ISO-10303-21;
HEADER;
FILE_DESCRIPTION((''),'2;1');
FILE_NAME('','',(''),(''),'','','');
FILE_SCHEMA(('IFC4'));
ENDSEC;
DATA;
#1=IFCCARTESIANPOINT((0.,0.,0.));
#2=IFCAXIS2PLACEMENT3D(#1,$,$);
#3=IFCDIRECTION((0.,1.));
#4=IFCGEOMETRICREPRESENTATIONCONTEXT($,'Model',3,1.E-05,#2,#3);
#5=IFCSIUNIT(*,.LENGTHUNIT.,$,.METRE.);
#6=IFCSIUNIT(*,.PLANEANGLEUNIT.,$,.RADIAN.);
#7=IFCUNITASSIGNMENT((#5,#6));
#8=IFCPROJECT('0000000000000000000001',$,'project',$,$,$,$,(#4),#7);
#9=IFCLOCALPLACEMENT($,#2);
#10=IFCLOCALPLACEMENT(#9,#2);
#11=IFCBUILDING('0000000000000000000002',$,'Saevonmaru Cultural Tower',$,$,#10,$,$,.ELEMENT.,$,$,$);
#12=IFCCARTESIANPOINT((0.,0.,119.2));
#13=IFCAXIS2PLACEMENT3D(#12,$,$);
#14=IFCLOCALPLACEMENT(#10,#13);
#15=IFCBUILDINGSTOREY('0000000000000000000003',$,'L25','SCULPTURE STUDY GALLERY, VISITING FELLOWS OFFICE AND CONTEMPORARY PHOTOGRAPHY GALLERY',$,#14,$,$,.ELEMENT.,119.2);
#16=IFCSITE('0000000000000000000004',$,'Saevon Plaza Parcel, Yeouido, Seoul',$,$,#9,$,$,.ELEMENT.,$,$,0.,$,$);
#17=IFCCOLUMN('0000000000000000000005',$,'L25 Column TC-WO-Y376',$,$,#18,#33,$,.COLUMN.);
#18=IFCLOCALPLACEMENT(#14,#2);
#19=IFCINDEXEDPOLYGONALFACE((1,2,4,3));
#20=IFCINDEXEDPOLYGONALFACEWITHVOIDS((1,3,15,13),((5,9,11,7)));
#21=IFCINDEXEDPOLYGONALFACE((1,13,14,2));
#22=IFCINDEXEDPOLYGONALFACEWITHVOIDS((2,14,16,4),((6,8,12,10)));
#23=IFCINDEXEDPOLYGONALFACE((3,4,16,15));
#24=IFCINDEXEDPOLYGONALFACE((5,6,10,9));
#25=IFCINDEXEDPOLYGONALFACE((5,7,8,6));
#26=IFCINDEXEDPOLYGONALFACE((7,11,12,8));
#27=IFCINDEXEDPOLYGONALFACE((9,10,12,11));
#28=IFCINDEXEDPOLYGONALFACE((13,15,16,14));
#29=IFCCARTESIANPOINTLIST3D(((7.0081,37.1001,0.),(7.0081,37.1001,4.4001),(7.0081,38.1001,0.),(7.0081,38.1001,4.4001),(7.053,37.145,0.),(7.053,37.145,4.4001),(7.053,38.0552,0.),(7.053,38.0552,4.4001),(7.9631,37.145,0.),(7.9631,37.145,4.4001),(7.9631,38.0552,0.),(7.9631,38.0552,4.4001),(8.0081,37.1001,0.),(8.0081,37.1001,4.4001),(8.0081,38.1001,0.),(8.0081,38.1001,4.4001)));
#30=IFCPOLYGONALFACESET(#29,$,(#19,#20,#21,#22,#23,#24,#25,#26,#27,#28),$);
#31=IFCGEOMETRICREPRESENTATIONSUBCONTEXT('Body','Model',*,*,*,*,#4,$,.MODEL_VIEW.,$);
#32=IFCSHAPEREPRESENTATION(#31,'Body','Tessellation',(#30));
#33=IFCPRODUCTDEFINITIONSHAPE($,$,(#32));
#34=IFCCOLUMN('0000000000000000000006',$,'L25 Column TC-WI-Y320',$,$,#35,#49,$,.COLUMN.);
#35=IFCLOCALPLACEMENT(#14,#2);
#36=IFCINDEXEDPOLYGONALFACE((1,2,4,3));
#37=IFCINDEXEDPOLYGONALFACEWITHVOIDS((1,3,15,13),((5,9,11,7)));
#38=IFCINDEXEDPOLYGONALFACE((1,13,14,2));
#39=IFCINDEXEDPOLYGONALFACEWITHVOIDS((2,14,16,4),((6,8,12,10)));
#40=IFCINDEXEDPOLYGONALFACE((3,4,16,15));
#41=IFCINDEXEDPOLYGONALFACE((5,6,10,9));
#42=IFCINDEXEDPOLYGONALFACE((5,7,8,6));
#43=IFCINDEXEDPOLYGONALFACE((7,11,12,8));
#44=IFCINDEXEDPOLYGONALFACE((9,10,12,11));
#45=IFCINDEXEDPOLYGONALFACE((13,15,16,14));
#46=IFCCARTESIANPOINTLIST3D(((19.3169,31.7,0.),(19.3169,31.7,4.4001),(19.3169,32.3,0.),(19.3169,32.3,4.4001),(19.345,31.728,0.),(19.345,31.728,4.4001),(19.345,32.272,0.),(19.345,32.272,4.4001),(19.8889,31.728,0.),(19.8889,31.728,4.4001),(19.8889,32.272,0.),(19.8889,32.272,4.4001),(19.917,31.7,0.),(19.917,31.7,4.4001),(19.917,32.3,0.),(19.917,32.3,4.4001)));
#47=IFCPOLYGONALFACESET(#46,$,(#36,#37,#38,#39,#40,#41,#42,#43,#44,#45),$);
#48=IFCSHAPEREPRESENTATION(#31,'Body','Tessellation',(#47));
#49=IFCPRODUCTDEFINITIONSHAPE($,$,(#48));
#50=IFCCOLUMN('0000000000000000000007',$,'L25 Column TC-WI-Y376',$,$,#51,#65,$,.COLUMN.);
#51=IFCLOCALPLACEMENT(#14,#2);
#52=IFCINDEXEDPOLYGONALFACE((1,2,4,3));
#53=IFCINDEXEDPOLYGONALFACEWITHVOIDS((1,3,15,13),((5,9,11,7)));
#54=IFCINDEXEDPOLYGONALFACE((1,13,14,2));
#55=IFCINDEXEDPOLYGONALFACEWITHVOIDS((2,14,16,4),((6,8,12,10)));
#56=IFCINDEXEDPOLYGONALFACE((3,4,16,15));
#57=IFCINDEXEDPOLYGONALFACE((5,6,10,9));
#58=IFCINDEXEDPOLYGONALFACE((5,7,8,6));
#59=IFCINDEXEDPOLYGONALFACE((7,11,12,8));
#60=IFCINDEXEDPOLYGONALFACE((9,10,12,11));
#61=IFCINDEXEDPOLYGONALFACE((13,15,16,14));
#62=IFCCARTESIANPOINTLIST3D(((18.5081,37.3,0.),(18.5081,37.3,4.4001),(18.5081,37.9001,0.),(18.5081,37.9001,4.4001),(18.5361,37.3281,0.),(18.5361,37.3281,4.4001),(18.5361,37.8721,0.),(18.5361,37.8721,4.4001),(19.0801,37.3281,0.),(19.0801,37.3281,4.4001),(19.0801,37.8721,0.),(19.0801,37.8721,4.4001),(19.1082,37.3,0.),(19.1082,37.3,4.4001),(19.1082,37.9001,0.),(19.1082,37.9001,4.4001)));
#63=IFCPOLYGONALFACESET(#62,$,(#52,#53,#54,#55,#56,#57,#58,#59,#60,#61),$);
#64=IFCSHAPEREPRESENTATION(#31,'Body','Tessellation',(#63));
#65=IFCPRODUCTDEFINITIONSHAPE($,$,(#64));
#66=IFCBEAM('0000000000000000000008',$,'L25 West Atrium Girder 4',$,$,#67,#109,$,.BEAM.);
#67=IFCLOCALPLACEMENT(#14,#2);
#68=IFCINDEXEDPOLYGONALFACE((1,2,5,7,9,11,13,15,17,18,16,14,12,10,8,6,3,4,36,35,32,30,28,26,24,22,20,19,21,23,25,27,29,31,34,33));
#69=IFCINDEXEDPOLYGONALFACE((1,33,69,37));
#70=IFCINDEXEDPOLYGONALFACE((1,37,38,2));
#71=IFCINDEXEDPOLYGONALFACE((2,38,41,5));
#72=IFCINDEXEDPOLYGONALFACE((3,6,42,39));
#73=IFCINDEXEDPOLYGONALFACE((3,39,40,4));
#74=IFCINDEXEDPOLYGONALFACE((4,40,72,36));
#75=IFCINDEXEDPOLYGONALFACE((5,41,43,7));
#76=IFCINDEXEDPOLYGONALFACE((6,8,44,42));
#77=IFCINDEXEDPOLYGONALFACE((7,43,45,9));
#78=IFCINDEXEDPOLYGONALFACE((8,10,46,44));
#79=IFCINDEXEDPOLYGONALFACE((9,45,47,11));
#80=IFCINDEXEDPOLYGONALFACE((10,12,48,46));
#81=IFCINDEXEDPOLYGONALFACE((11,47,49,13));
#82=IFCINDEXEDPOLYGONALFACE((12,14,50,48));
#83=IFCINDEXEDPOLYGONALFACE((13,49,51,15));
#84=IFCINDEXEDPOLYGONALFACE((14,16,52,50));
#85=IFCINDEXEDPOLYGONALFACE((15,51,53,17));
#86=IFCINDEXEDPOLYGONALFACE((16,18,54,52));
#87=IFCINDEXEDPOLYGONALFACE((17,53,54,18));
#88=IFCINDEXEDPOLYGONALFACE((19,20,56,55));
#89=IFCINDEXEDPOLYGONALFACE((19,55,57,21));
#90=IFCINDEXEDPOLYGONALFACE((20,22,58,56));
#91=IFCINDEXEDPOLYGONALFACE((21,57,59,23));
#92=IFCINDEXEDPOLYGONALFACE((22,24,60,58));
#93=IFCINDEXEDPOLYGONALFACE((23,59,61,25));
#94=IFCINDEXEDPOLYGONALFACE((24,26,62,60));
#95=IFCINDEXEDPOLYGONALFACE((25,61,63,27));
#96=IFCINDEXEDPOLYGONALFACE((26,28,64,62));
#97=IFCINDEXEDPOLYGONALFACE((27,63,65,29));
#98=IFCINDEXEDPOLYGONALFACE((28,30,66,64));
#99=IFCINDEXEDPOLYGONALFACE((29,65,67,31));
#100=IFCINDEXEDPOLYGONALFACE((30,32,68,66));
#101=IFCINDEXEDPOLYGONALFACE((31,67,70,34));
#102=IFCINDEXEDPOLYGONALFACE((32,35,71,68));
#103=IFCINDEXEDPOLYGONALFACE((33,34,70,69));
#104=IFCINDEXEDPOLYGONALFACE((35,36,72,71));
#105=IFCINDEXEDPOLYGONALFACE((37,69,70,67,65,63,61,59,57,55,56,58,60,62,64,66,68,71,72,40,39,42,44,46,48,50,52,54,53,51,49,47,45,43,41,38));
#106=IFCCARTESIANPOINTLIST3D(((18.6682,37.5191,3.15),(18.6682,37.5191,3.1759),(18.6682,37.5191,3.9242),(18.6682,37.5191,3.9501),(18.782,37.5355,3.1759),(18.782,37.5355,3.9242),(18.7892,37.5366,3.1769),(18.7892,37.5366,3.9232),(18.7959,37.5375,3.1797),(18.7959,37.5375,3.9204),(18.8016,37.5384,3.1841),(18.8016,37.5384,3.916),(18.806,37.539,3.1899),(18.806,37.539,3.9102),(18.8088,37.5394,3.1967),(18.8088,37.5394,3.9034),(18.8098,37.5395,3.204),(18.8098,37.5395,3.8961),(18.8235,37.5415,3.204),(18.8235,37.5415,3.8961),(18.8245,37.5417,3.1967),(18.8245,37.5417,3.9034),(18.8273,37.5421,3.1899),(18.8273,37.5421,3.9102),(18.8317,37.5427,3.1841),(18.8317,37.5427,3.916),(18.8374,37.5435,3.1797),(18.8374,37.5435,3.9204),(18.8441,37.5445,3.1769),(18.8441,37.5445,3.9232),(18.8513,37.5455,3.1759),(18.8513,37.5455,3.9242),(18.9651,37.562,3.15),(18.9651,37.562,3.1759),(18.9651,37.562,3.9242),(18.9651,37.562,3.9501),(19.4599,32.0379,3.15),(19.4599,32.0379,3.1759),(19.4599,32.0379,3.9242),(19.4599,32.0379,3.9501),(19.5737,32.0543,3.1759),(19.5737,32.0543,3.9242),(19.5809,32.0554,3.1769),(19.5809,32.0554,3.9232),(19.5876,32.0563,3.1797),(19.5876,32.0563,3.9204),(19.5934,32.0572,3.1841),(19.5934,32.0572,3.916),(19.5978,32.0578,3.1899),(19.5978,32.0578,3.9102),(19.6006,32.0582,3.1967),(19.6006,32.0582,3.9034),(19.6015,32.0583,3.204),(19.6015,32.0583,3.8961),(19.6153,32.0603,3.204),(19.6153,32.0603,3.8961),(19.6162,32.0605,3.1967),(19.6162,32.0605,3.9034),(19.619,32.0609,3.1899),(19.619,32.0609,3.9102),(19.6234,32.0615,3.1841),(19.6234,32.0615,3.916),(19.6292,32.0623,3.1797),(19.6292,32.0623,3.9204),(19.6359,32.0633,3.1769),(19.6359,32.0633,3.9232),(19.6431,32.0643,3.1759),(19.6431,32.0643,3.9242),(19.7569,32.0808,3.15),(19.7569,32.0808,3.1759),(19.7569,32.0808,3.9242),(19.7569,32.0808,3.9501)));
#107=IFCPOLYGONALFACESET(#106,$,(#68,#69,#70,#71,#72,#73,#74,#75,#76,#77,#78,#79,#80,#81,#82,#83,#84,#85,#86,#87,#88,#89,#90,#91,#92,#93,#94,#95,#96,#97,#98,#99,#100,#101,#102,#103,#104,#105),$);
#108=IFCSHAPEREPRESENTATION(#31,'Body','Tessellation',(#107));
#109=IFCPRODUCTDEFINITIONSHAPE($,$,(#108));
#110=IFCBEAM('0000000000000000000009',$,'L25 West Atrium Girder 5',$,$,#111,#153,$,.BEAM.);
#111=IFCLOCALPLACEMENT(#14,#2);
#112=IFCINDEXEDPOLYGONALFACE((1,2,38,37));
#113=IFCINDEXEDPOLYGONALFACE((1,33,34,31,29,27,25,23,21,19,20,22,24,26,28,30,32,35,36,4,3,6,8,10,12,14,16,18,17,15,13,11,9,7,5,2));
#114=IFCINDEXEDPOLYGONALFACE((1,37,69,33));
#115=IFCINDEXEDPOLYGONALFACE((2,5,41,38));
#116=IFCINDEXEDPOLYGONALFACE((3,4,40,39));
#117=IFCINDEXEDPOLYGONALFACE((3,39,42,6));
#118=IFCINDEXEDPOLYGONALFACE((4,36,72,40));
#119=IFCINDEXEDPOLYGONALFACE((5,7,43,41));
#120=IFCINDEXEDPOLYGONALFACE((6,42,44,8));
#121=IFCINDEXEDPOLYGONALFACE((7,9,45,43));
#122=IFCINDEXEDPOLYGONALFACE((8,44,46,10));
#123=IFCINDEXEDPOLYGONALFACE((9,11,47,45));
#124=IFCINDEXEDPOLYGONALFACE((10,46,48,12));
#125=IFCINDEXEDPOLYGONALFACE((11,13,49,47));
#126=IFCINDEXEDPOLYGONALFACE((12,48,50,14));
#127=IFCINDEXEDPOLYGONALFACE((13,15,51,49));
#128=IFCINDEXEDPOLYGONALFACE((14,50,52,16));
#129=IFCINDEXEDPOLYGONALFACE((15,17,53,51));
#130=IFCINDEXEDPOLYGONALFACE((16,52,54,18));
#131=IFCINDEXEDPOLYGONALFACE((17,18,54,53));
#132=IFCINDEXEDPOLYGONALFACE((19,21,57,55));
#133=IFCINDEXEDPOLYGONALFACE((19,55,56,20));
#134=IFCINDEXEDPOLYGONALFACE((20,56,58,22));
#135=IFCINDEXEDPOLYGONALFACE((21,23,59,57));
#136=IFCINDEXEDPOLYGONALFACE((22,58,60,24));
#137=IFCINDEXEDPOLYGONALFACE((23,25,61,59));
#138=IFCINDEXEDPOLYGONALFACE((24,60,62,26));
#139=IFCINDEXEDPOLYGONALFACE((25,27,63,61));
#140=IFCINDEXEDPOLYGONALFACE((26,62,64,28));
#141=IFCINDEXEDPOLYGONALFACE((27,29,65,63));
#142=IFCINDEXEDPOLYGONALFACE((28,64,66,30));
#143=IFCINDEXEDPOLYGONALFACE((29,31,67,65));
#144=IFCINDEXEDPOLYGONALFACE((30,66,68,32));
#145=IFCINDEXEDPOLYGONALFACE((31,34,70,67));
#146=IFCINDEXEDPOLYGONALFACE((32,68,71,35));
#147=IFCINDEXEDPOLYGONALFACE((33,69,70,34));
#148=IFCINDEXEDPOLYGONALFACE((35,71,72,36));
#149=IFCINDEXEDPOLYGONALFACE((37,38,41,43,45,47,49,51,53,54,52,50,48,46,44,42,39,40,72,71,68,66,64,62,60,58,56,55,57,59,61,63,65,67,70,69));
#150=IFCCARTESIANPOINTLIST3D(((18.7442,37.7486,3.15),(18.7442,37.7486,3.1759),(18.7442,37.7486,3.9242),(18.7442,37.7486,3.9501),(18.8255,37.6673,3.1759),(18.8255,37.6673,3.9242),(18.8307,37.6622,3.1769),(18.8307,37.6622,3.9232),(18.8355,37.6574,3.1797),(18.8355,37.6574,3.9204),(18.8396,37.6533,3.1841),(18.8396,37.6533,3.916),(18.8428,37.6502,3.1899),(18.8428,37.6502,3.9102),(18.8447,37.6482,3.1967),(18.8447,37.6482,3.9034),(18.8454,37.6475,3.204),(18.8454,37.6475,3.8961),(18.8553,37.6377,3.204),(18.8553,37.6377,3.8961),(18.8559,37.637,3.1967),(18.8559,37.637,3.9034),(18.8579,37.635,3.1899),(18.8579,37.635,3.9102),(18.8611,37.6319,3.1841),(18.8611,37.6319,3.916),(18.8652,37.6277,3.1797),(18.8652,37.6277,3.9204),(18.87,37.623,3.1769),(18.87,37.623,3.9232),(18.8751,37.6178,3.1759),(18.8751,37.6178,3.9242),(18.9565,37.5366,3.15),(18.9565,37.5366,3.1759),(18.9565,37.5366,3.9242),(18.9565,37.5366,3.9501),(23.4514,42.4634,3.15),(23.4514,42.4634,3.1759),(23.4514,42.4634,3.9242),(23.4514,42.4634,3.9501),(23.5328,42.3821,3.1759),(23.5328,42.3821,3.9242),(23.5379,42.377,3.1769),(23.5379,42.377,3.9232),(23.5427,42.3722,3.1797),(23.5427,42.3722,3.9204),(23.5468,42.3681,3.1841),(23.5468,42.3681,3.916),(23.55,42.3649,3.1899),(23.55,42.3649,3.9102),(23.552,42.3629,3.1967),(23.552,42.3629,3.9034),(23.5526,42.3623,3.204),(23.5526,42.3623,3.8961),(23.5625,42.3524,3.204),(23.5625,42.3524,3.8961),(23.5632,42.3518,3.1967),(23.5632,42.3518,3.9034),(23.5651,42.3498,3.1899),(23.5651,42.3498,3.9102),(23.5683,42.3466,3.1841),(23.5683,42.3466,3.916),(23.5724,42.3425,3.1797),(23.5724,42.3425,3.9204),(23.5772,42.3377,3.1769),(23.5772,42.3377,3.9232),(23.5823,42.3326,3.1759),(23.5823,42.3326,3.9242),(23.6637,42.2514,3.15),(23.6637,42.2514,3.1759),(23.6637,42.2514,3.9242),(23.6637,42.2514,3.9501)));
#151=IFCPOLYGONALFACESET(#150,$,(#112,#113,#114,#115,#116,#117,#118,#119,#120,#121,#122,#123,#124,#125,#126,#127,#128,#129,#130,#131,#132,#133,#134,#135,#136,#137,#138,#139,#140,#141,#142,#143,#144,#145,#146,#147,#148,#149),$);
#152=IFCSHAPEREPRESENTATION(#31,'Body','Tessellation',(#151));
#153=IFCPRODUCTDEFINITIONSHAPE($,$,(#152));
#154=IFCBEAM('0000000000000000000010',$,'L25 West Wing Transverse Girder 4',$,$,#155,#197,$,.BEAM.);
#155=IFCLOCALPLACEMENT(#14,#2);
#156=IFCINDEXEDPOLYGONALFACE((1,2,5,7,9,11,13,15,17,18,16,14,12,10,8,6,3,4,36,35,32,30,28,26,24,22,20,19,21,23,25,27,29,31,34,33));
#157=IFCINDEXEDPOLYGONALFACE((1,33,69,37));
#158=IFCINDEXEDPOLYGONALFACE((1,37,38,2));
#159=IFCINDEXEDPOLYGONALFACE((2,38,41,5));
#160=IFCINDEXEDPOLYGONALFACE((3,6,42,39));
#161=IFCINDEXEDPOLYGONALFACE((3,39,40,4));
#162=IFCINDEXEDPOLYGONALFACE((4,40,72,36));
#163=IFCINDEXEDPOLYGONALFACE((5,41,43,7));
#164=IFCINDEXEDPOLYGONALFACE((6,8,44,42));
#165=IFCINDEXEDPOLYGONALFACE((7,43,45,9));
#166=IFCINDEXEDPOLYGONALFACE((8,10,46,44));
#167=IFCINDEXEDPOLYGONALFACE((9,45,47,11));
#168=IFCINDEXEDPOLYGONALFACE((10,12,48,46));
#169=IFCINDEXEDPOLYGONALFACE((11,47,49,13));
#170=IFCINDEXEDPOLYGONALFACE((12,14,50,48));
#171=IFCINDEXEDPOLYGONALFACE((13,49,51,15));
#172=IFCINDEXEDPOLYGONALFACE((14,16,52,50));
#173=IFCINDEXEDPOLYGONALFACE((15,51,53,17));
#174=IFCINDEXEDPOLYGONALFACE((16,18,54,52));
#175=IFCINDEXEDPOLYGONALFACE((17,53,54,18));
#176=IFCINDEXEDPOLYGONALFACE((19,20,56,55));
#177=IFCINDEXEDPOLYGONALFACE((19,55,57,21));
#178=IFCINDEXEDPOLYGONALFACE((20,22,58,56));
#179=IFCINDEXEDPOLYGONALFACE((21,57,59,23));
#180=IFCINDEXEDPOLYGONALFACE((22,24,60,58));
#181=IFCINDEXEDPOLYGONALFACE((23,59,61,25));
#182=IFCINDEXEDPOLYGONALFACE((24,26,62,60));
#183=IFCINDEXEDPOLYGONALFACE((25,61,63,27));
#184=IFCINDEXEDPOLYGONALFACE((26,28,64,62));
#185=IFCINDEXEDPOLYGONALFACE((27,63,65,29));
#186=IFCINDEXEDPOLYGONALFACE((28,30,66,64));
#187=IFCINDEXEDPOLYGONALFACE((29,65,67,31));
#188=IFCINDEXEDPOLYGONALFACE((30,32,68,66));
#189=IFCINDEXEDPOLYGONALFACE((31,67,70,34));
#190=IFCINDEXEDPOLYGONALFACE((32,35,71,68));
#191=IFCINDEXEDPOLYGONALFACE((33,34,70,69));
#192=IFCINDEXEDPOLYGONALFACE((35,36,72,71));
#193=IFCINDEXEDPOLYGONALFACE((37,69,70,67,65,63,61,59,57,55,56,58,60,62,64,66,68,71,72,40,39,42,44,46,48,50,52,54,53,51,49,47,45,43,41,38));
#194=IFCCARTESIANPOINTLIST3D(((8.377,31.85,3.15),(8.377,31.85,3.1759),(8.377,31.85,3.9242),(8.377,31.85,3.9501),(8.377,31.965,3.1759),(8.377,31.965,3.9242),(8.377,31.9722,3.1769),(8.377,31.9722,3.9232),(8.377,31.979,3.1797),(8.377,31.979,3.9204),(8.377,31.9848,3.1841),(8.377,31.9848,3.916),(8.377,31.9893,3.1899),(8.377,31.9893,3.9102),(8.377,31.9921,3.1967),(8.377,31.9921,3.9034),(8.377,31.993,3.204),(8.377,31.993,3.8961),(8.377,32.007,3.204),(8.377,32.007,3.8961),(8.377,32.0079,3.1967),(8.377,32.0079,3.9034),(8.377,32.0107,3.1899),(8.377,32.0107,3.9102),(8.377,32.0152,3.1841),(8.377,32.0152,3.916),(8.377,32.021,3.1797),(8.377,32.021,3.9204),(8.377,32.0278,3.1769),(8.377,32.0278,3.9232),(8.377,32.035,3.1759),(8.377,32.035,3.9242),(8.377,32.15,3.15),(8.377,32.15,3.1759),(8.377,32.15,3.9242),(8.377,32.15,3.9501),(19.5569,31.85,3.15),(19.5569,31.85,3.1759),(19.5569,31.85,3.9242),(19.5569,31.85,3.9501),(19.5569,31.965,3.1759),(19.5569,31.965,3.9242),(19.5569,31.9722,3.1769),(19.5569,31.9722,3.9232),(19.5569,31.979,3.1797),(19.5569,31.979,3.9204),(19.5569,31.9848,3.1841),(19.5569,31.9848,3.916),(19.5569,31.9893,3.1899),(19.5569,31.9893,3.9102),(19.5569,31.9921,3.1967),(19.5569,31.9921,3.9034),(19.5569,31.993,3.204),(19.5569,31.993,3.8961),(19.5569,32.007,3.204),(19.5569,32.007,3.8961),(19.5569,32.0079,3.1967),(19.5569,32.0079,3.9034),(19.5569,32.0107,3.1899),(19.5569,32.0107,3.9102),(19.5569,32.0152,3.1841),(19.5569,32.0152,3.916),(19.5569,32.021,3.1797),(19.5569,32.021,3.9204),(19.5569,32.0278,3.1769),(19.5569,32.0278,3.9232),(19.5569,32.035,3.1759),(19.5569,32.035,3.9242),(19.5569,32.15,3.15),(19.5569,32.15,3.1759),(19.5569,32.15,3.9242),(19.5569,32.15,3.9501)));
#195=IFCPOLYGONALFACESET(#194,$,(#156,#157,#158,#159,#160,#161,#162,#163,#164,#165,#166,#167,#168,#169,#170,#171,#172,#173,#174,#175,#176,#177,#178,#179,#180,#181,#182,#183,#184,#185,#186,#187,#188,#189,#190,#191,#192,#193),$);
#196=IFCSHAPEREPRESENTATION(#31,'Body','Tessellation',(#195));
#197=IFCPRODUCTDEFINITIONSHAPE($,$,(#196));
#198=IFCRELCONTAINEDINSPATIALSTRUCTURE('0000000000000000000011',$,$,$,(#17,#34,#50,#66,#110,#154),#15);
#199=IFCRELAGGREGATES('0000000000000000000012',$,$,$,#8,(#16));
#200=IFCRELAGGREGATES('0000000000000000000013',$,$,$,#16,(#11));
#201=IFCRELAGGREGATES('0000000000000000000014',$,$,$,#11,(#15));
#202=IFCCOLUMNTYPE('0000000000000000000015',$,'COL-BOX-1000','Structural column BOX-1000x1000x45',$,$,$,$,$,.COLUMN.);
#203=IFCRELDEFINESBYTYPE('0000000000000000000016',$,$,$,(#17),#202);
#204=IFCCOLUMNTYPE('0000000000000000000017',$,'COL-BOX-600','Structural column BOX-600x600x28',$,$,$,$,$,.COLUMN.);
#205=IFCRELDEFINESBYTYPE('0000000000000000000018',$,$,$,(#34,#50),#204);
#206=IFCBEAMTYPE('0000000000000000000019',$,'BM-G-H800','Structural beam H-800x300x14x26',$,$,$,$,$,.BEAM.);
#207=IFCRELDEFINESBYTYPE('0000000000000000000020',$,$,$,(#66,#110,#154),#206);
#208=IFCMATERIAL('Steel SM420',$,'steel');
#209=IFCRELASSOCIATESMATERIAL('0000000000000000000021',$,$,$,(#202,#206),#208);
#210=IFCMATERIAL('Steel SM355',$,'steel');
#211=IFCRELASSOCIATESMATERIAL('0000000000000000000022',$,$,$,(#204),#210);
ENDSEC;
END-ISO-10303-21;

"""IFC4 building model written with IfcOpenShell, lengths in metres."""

from ifc_helpers import new_model, si_unit, direction, frame, origin, origin_2d, place, context, subcontext, project, spatial, hollow_rectangle, i_section, extrude, material, material_profile, profile_set, type_object, element, save


model = new_model("IFC4")

# Units and contexts
model_context = context("Model", 3, precision=1e-05, world=origin(), true_north=direction((0.0, 1.0)))
body_context = subcontext(model_context, "Body", "Model", "MODEL_VIEW")
ifc_project = project(units=[si_unit("LENGTHUNIT", "METRE"), si_unit("PLANEANGLEUNIT", "RADIAN")], contexts=[model_context])

# Site, building, storey
site_placement = place(None, origin())
site = spatial("IfcSite", under=ifc_project, at=site_placement, Name="Saevon Plaza Parcel, Yeouido, Seoul", CompositionType="ELEMENT", RefElevation=0.0)
building_placement = place(site_placement, origin())
building = spatial("IfcBuilding", under=site, at=building_placement, Name="Saevonmaru Cultural Tower", CompositionType="ELEMENT")
storey_placement = place(building_placement, frame((0.0, 0.0, 119.2)))
storey = spatial("IfcBuildingStorey", under=building, at=storey_placement, Name="L25", Description="SCULPTURE STUDY GALLERY, VISITING FELLOWS OFFICE AND CONTEMPORARY PHOTOGRAPHY GALLERY", CompositionType="ELEMENT", Elevation=119.2)

# Columns
ifc_material_1 = material(Name="Steel SM420", Category="steel")
ifc_material_profile_1 = material_profile(ifc_material_1, hollow_rectangle(XDim=1.0, YDim=1.0, WallThickness=0.0449, at=origin_2d()), Name="BOX-1000x1000x45")
ifc_profile_set_1 = profile_set([ifc_material_profile_1], Name="Steel SM420")
column_type_1 = type_object("IfcColumnType", Name="COL-BOX-1000", Description="Structural column BOX-1000x1000x45", PredefinedType="COLUMN", material=ifc_profile_set_1)
column_placement = place(storey_placement, frame((7.5081, 37.6001, 0.0), z_axis=(0.0, 0.0, 1.0), x_axis=(1.0, 0.0, 0.0)))
element("IfcColumn", 1, at=column_placement, inside=storey, type_object=column_type_1, Name="L25 Column TC-WO-Y376", PredefinedType="COLUMN", context=body_context, shape_type="SweptSolid", body=[
    extrude(hollow_rectangle(XDim=1.0, YDim=1.0, WallThickness=0.0449, at=origin_2d()), origin(), (0.0, 0.0, 1.0), 4.4001),
])
ifc_material_2 = material(Name="Steel SM355", Category="steel")
ifc_material_profile_2 = material_profile(ifc_material_2, hollow_rectangle(XDim=0.6001, YDim=0.6001, WallThickness=0.0281, at=origin_2d()), Name="BOX-600x600x28")
ifc_profile_set_2 = profile_set([ifc_material_profile_2], Name="Steel SM355")
column_type_2 = type_object("IfcColumnType", Name="COL-BOX-600", Description="Structural column BOX-600x600x28", PredefinedType="COLUMN", material=ifc_profile_set_2)
for number, where, z_axis, x_axis, name in (
    (2, (19.6169, 32.0, 0.0), (0.0, 0.0, 1.0), (1.0, 0.0, 0.0), "L25 Column TC-WI-Y320"),
    (3, (18.8081, 37.6001, 0.0), (0.0, 0.0, 1.0), (1.0, 0.0, 0.0), "L25 Column TC-WI-Y376"),
):
    element("IfcColumn", number, at=place(storey_placement, frame(where, z_axis=z_axis, x_axis=x_axis)), inside=storey, type_object=column_type_2, Name=name, PredefinedType="COLUMN", context=body_context, shape_type="SweptSolid", body=[
        extrude(hollow_rectangle(XDim=0.6001, YDim=0.6001, WallThickness=0.0281, at=origin_2d()), origin(), (0.0, 0.0, 1.0), 4.4001),
    ])

# Beams
ifc_material_profile_3 = material_profile(ifc_material_1, i_section(OverallWidth=0.3, OverallDepth=0.8, WebThickness=0.0139, FlangeThickness=0.0259, FilletRadius=0.0281, at=origin_2d()), Name="H-800x300x14x26")
ifc_profile_set_3 = profile_set([ifc_material_profile_3], Name="Steel SM420")
beam_type_1 = type_object("IfcBeamType", Name="BM-G-H800", Description="Structural beam H-800x300x14x26", PredefinedType="BEAM", material=ifc_profile_set_3)
beam_1_placement = place(storey_placement, frame((19.6084, 32.0593, 3.55), z_axis=(-0.142964, 0.989728, 0.0), x_axis=(-0.989728, -0.142964, 0.0)))
element("IfcBeam", 4, at=beam_1_placement, inside=storey, type_object=beam_type_1, Name="L25 West Atrium Girder 4", PredefinedType="BEAM", context=body_context, shape_type="SweptSolid", body=[
    extrude(i_section(OverallWidth=0.3, OverallDepth=0.8, WebThickness=0.0139, FlangeThickness=0.0259, FilletRadius=0.0281, at=origin_2d()), origin(), (0.0, 0.0, 1.0), 5.5381),
])
beam_2_placement = place(storey_placement, frame((18.8503, 37.6426, 3.55), z_axis=(0.706539, 0.707675, 0.0), x_axis=(-0.707675, 0.706539, 0.0)))
element("IfcBeam", 5, at=beam_2_placement, inside=storey, type_object=beam_type_1, Name="L25 West Atrium Girder 5", PredefinedType="BEAM", context=body_context, shape_type="SweptSolid", body=[
    extrude(i_section(OverallWidth=0.3, OverallDepth=0.8, WebThickness=0.0139, FlangeThickness=0.0259, FilletRadius=0.0281, at=origin_2d()), origin(), (0.0, 0.0, 1.0), 6.6624),
])
for number, where, z_axis, x_axis, name in (
    (6, (8.377, 32.0, 3.55), (1.0, 0.0, 0.0), (0.0, 1.0, 0.0), "L25 West Wing Transverse Girder 4"),
):
    element("IfcBeam", number, at=place(storey_placement, frame(where, z_axis=z_axis, x_axis=x_axis)), inside=storey, type_object=beam_type_1, Name=name, PredefinedType="BEAM", context=body_context, shape_type="SweptSolid", body=[
        extrude(i_section(OverallWidth=0.3, OverallDepth=0.8, WebThickness=0.0139, FlangeThickness=0.0259, FilletRadius=0.0281, at=origin_2d()), origin(), (0.0, 0.0, 1.0), 11.1799),
    ])

save(model, "model.ifc")
